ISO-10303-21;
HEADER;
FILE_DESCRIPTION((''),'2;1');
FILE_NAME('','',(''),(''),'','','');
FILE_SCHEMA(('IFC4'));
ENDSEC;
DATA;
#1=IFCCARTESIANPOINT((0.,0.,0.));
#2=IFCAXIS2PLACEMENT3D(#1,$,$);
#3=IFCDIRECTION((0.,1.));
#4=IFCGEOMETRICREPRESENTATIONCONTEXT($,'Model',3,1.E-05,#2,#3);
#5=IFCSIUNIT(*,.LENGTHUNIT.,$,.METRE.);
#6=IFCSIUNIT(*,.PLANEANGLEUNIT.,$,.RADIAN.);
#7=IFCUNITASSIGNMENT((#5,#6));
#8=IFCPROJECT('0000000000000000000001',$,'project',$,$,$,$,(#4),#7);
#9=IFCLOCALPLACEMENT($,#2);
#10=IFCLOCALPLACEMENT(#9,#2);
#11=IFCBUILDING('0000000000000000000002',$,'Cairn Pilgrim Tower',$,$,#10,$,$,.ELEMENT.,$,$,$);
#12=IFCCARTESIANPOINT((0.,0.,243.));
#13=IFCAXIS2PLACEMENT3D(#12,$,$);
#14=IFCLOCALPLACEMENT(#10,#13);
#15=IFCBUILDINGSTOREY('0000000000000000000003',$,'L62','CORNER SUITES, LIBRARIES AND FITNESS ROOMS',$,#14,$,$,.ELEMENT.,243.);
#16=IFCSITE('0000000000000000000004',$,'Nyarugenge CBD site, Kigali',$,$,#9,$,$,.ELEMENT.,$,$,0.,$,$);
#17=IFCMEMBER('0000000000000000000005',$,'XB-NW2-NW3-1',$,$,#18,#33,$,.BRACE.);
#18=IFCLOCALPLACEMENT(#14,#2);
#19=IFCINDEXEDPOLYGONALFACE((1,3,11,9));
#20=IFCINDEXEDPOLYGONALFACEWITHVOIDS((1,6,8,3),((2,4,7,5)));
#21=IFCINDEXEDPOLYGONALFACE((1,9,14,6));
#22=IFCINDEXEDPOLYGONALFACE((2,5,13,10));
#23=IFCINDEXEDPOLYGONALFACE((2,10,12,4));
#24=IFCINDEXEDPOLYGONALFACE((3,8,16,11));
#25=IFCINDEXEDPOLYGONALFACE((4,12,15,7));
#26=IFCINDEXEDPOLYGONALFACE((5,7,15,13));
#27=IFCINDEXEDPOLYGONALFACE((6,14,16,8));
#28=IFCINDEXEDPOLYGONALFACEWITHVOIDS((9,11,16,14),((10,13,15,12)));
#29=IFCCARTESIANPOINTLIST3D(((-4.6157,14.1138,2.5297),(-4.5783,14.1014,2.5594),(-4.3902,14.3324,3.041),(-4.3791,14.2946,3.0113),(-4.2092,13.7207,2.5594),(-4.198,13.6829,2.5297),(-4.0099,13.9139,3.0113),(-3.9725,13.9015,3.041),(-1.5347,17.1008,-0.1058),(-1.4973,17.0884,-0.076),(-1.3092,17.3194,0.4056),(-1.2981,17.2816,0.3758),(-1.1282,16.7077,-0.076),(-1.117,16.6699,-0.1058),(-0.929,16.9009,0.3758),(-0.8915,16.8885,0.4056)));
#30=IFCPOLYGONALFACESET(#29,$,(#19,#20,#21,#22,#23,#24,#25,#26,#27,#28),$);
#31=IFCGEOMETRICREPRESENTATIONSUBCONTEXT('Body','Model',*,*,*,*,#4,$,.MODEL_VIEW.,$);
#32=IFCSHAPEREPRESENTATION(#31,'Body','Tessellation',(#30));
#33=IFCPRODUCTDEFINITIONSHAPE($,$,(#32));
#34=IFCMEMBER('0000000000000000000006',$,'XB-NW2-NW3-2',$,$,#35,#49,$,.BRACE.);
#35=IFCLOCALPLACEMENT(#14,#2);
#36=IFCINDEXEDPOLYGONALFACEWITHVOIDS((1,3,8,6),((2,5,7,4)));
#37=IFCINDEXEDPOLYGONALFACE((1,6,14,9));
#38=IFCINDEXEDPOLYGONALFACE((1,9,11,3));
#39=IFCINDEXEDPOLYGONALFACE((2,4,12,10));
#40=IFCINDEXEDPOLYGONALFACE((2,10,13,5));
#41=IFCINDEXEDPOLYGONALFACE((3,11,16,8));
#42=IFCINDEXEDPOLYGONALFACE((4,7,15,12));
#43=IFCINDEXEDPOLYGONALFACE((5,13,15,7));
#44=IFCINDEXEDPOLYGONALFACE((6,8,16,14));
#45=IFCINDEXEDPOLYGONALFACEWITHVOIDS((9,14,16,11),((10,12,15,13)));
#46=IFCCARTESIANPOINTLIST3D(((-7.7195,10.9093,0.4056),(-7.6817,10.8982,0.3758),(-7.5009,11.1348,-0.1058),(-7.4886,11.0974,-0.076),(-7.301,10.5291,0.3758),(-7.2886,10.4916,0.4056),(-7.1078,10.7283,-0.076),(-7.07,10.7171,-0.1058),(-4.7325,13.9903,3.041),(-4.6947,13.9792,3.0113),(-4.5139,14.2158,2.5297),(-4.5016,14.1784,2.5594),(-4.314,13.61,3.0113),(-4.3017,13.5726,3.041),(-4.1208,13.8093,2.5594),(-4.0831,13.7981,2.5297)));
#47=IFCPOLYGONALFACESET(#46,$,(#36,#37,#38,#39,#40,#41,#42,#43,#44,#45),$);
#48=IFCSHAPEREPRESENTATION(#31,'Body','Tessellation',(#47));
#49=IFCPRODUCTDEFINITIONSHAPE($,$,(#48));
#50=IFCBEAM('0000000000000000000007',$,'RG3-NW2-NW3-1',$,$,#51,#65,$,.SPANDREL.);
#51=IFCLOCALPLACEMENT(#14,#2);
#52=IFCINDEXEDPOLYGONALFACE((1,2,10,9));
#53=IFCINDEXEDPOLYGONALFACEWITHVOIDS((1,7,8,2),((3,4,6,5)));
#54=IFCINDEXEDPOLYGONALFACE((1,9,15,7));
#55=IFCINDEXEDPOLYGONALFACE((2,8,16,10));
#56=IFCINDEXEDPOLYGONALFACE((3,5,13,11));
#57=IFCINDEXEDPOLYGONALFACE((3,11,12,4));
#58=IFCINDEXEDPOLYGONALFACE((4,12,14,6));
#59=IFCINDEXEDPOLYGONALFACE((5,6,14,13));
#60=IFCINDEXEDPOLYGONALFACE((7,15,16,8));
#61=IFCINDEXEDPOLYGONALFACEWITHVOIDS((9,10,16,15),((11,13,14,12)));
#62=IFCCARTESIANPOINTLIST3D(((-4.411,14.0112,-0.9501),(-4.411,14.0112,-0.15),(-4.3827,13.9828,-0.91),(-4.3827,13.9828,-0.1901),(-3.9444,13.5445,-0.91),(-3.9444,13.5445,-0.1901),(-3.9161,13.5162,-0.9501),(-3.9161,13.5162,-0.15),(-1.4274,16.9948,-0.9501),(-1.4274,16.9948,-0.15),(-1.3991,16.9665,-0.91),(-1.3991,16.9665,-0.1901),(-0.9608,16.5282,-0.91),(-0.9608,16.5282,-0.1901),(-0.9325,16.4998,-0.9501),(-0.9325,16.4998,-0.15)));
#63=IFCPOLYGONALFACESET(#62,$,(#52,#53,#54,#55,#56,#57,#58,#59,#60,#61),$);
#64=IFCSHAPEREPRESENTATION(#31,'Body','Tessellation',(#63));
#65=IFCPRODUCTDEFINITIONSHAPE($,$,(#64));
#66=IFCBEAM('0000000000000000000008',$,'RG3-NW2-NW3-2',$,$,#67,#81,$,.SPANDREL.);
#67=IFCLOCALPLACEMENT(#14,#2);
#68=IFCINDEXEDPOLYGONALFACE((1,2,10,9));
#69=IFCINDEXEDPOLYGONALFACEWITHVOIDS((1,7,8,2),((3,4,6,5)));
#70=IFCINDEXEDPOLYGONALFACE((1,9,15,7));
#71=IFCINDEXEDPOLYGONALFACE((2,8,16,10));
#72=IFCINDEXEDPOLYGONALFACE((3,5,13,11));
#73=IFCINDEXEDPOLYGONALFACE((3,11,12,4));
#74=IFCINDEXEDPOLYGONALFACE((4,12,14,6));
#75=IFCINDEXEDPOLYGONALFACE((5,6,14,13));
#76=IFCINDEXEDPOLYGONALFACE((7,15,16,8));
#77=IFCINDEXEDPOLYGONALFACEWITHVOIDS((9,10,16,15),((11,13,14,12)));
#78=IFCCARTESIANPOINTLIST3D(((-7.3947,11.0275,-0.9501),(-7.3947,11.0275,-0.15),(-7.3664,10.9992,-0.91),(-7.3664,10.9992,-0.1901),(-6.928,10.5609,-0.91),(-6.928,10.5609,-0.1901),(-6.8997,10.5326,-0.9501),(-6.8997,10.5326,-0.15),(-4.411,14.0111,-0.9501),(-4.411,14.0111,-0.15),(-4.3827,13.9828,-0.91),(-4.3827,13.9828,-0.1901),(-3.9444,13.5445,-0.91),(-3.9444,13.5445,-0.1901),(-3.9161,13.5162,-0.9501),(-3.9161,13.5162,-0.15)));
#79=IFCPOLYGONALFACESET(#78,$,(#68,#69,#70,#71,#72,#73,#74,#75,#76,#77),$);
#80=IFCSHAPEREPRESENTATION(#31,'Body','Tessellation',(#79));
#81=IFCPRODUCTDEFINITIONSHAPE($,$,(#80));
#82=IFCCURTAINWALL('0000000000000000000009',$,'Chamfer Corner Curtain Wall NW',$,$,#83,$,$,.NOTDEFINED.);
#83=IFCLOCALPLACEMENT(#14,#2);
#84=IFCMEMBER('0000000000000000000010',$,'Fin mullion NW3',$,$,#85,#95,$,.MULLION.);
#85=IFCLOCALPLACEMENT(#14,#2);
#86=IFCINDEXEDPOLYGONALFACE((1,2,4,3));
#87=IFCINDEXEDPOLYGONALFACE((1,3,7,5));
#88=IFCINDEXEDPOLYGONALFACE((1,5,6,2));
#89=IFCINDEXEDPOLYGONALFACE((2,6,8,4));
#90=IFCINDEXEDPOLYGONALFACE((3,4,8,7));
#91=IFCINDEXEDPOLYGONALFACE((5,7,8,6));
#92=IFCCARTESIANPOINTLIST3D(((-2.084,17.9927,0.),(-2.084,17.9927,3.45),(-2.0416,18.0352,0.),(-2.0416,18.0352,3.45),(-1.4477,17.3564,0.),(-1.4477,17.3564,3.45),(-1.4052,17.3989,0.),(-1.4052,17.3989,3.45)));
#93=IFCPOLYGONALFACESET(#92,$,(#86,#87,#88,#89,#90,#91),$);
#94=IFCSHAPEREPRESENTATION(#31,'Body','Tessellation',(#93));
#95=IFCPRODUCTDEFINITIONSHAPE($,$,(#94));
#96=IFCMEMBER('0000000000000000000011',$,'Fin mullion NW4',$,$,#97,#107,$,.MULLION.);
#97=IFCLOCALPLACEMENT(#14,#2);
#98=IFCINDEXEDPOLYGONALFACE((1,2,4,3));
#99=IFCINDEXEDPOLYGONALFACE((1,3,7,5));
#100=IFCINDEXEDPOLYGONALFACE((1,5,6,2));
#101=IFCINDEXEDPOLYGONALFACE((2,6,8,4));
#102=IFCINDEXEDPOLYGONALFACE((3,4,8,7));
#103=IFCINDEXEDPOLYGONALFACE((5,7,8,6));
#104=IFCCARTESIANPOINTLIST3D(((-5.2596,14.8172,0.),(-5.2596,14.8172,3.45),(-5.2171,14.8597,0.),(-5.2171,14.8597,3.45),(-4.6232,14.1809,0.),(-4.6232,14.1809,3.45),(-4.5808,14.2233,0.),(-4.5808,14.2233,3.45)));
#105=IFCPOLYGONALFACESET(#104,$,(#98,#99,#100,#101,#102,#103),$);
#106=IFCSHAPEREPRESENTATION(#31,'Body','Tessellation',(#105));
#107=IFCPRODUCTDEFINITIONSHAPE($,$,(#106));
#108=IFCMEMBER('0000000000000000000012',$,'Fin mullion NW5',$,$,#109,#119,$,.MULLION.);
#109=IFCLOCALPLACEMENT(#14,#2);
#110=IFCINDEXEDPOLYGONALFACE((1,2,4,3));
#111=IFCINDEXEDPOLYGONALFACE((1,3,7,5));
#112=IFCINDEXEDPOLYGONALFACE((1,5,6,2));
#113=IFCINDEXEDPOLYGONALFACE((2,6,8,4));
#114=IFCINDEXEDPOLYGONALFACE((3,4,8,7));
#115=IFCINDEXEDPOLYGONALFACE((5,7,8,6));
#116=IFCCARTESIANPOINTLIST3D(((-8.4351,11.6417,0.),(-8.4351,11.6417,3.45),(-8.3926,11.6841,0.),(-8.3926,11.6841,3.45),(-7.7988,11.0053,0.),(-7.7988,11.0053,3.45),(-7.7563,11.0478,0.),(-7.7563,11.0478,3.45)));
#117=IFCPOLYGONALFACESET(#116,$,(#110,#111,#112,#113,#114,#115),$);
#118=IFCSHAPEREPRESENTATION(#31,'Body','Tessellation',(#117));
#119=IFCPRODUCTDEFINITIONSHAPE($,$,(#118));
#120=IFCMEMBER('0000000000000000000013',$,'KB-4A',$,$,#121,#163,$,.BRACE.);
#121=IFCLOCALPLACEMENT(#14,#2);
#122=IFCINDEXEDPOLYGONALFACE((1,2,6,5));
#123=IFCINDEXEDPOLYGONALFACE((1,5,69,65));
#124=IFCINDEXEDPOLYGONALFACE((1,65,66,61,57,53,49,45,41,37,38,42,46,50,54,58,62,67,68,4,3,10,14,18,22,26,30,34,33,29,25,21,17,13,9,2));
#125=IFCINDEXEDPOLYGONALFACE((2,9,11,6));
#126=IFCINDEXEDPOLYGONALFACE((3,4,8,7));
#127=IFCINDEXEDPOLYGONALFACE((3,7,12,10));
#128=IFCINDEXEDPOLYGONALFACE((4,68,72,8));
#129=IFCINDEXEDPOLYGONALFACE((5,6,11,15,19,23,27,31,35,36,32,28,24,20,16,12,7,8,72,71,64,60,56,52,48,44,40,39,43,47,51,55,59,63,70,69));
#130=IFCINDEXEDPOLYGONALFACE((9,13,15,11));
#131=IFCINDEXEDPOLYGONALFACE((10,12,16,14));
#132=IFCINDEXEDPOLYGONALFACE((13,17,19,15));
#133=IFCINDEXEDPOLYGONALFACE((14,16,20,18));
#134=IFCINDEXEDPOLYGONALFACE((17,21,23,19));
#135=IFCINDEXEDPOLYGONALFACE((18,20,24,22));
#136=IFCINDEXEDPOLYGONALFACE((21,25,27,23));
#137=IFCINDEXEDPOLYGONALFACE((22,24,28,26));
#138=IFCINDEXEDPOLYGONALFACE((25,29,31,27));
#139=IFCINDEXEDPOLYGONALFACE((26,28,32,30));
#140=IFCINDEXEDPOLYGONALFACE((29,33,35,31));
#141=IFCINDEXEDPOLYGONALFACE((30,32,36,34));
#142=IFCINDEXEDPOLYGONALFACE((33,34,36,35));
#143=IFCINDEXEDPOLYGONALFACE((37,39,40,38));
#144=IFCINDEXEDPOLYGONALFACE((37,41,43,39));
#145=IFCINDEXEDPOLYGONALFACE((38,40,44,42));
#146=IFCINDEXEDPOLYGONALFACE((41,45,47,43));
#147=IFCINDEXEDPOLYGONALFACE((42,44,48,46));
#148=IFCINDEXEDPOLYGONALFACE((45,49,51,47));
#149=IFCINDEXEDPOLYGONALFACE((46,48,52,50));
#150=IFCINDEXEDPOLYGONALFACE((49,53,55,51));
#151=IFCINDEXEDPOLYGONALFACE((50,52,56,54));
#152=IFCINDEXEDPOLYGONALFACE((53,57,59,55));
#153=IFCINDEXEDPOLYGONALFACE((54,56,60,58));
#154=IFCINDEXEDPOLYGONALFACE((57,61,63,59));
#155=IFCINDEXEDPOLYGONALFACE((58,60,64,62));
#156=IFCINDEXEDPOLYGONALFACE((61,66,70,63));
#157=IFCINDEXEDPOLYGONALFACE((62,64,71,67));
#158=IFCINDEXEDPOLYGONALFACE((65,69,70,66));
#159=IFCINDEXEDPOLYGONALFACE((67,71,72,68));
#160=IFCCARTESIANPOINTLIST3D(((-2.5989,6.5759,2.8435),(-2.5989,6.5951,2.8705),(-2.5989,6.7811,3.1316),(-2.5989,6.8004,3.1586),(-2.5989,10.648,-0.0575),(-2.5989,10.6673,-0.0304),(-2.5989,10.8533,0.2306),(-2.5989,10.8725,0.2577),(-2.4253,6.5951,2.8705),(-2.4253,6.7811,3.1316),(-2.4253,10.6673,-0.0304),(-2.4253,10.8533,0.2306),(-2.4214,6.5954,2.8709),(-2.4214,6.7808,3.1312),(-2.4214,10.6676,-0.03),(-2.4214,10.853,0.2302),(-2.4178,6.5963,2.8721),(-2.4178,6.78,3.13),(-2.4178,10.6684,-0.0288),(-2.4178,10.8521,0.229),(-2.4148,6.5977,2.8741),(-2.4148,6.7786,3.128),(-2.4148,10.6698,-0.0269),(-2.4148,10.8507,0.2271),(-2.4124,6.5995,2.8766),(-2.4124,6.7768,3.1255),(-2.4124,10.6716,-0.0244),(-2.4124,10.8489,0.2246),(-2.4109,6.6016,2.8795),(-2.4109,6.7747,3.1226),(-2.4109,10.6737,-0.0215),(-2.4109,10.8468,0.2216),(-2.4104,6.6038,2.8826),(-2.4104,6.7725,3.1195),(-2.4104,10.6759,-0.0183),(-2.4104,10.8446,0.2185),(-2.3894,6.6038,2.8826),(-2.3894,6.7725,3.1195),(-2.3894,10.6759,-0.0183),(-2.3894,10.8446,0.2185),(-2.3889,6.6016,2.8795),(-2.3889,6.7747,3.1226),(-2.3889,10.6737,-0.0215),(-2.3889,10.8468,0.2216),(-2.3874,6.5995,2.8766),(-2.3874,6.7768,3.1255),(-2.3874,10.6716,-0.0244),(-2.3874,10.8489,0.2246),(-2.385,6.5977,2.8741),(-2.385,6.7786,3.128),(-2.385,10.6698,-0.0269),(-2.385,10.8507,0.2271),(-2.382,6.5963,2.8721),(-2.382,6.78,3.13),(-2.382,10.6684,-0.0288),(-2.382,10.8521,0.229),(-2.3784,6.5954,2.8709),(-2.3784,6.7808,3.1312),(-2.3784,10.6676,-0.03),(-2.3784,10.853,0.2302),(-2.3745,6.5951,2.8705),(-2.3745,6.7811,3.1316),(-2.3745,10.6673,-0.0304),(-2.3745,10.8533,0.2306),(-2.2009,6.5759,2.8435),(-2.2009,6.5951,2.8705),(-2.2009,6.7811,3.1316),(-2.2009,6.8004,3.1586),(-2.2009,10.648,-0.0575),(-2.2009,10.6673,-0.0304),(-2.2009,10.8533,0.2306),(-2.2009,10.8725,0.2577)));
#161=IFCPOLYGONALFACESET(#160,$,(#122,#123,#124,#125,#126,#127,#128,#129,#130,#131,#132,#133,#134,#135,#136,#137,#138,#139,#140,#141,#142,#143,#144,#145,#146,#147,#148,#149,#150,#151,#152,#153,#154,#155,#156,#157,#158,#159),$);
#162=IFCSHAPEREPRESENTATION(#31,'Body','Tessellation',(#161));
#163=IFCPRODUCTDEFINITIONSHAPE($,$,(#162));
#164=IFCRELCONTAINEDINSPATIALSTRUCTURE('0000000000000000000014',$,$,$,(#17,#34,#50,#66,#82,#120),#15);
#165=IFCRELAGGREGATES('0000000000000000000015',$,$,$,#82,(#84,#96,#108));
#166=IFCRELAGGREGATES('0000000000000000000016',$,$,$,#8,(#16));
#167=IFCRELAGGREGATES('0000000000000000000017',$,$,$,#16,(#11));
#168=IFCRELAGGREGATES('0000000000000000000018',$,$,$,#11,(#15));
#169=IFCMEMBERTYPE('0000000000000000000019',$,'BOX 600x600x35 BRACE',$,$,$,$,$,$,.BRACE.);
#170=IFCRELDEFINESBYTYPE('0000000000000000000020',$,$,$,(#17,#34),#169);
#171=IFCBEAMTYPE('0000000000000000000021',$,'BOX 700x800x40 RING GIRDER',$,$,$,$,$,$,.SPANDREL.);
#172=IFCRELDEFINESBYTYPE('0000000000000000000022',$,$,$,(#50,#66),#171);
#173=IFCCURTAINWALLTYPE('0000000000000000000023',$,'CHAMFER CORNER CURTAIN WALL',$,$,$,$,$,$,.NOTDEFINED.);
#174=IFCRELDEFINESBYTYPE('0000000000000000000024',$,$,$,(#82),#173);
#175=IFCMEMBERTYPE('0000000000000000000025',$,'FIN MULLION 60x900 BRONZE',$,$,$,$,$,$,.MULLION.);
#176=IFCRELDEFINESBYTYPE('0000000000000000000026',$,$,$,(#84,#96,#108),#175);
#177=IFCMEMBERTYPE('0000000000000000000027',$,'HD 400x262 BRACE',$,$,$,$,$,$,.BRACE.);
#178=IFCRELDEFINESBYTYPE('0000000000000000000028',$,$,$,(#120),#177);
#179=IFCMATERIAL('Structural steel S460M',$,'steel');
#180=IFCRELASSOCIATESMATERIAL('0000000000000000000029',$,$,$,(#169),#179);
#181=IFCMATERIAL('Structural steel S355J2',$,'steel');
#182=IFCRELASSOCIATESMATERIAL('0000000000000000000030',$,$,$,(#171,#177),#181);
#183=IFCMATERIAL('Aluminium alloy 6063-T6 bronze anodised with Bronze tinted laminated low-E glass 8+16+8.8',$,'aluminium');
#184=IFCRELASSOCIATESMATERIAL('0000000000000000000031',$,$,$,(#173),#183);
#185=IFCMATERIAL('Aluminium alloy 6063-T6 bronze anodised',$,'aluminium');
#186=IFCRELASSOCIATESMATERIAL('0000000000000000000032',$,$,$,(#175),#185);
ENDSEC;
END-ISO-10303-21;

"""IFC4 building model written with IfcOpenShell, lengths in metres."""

from ifc_helpers import new_model, si_unit, direction, frame, origin, origin_2d, place, context, subcontext, project, spatial, rectangle, hollow_rectangle, i_section, extrude, material, material_profile, profile_set, type_object, element, aggregate, save


model = new_model("IFC4")

# Units and contexts
model_context = context("Model", 3, precision=1e-05, world=origin(), true_north=direction((0.0, 1.0)))
body_context = subcontext(model_context, "Body", "Model", "MODEL_VIEW")
ifc_project = project(units=[si_unit("LENGTHUNIT", "METRE"), si_unit("PLANEANGLEUNIT", "RADIAN")], contexts=[model_context])

# Site, building, storey
site_placement = place(None, origin())
site = spatial("IfcSite", under=ifc_project, at=site_placement, Name="Nyarugenge CBD site, Kigali", CompositionType="ELEMENT", RefElevation=0.0)
building_placement = place(site_placement, origin())
building = spatial("IfcBuilding", under=site, at=building_placement, Name="Cairn Pilgrim Tower", CompositionType="ELEMENT")
storey_placement = place(building_placement, frame((0.0, 0.0, 243.0)))
storey = spatial("IfcBuildingStorey", under=building, at=storey_placement, Name="L62", Description="CORNER SUITES, LIBRARIES AND FITNESS ROOMS", CompositionType="ELEMENT", Elevation=243.0)

# Shared definitions
ifc_material_1 = material(Name="Structural steel S355J2", Category="steel")
ifc_material_2 = material(Name="Structural steel S460M", Category="steel")

# Members
ifc_material_profile_1 = material_profile(ifc_material_2, hollow_rectangle(XDim=0.6001, YDim=0.6001, WallThickness=0.0349, at=origin_2d()), Name="BOX 600x600x35")
ifc_profile_set_1 = profile_set([ifc_material_profile_1], Name="Structural steel S460M")
member_type_1 = type_object("IfcMemberType", Name="BOX 600x600x35 BRACE", PredefinedType="BRACE", material=ifc_profile_set_1)
for number, where, z_axis, x_axis, name in (
    (1, (-1.2131, 16.9946, 0.1499), (-0.611806, -0.593142, 0.523332), (0.69607, -0.717974, 0.0), "XB-NW2-NW3-1"),
    (2, (-7.3948, 10.8132, 0.1499), (0.593142, 0.611806, 0.523332), (-0.717974, 0.69607, 0.0), "XB-NW2-NW3-2"),
):
    element("IfcMember", number, at=place(storey_placement, frame(where, z_axis=z_axis, x_axis=x_axis)), inside=storey, type_object=member_type_1, Name=name, PredefinedType="BRACE", context=body_context, shape_type="SweptSolid", body=[
        extrude(hollow_rectangle(XDim=0.6001, YDim=0.6001, WallThickness=0.0349, at=origin_2d()), origin(), (0.0, 0.0, 1.0), 5.0359),
    ])

# Beams
ifc_material_profile_2 = material_profile(ifc_material_1, hollow_rectangle(XDim=0.7, YDim=0.8, WallThickness=0.04, at=origin_2d()), Name="BOX 700x800x40")
ifc_profile_set_2 = profile_set([ifc_material_profile_2], Name="Structural steel S355J2")
beam_type_1 = type_object("IfcBeamType", Name="BOX 700x800x40 RING GIRDER", PredefinedType="SPANDREL", material=ifc_profile_set_2)
for number, where, z_axis, x_axis, name in (
    (3, (-1.1799, 16.7473, -0.55), (-0.707107, -0.707107, 0.0), (0.707107, -0.707107, 0.0), "RG3-NW2-NW3-1"),
    (4, (-4.1636, 13.7637, -0.55), (-0.707107, -0.707107, 0.0), (0.707107, -0.707107, 0.0), "RG3-NW2-NW3-2"),
):
    element("IfcBeam", number, at=place(storey_placement, frame(where, z_axis=z_axis, x_axis=x_axis)), inside=storey, type_object=beam_type_1, Name=name, PredefinedType="SPANDREL", context=body_context, shape_type="SweptSolid", body=[
        extrude(hollow_rectangle(XDim=0.7, YDim=0.8, WallThickness=0.04, at=origin_2d()), origin(), (0.0, 0.0, 1.0), 4.2195),
    ])

# Curtain wall, members
ifc_material_3 = material(Name="Aluminium alloy 6063-T6 bronze anodised with Bronze tinted laminated low-E glass 8+16+8.8", Category="aluminium")
curtain_wall_type = type_object("IfcCurtainWallType", Name="CHAMFER CORNER CURTAIN WALL", PredefinedType="NOTDEFINED", material=ifc_material_3)
curtain_wall_placement = place(storey_placement, origin())
curtain_wall = element("IfcCurtainWall", 5, at=curtain_wall_placement, inside=storey, type_object=curtain_wall_type, Name="Chamfer Corner Curtain Wall NW", PredefinedType="NOTDEFINED")
ifc_material_4 = material(Name="Aluminium alloy 6063-T6 bronze anodised", Category="aluminium")
ifc_material_profile_3 = material_profile(ifc_material_4, rectangle(XDim=0.8999, YDim=0.0601, at=origin_2d()), Name="FIN MULLION 60x900 BRONZE")
ifc_profile_set_3 = profile_set([ifc_material_profile_3], Name="Aluminium alloy 6063-T6 bronze anodised")
member_type_2 = type_object("IfcMemberType", Name="FIN MULLION 60x900 BRONZE", PredefinedType="MULLION", material=ifc_profile_set_3)
member_1_placement = place(storey_placement, frame((-1.7446, 17.6958, 0.0), z_axis=(0.0, 0.0, 1.0), x_axis=(-0.707107, 0.707107, 0.0)))
member_1 = element("IfcMember", 6, at=member_1_placement, type_object=member_type_2, Name="Fin mullion NW3", PredefinedType="MULLION", context=body_context, shape_type="SweptSolid", body=[
    extrude(rectangle(XDim=0.8999, YDim=0.0601, at=origin_2d()), origin(), (0.0, 0.0, 1.0), 3.45),
])
member_2_placement = place(storey_placement, frame((-4.9202, 14.5203, 0.0), z_axis=(0.0, 0.0, 1.0), x_axis=(-0.707107, 0.707107, 0.0)))
member_2 = element("IfcMember", 7, at=member_2_placement, type_object=member_type_2, Name="Fin mullion NW4", PredefinedType="MULLION", context=body_context, shape_type="SweptSolid", body=[
    extrude(rectangle(XDim=0.8999, YDim=0.0601, at=origin_2d()), origin(), (0.0, 0.0, 1.0), 3.45),
])
member_3_placement = place(storey_placement, frame((-8.0957, 11.3447, 0.0), z_axis=(0.0, 0.0, 1.0), x_axis=(-0.707107, 0.707107, 0.0)))
member_3 = element("IfcMember", 8, at=member_3_placement, type_object=member_type_2, Name="Fin mullion NW5", PredefinedType="MULLION", context=body_context, shape_type="SweptSolid", body=[
    extrude(rectangle(XDim=0.8999, YDim=0.0601, at=origin_2d()), origin(), (0.0, 0.0, 1.0), 3.45),
])

# Member
ifc_material_profile_4 = material_profile(ifc_material_1, i_section(OverallWidth=0.3979, OverallDepth=0.387, WebThickness=0.021, FlangeThickness=0.0332, FilletRadius=0.0149, at=origin_2d()), Name="HD 400x262")
ifc_profile_set_4 = profile_set([ifc_material_profile_4], Name="Structural steel S355J2")
member_type_3 = type_object("IfcMemberType", Name="HD 400x262 BRACE", PredefinedType="BRACE", material=ifc_profile_set_4)
member_4_placement = place(storey_placement, frame((-2.3999, 10.7603, 0.1001), z_axis=(0.0, -0.814462, 0.580217), x_axis=(1.0, 0.0, 0.0)))
element("IfcMember", 9, at=member_4_placement, inside=storey, type_object=member_type_3, Name="KB-4A", PredefinedType="BRACE", context=body_context, shape_type="SweptSolid", body=[
    extrude(i_section(OverallWidth=0.3979, OverallDepth=0.387, WebThickness=0.021, FlangeThickness=0.0332, FilletRadius=0.0149, at=origin_2d()), origin(), (0.0, 0.0, 1.0), 4.9998),
])

aggregate(curtain_wall, [member_1, member_2, member_3])

save(model, "model.ifc")
